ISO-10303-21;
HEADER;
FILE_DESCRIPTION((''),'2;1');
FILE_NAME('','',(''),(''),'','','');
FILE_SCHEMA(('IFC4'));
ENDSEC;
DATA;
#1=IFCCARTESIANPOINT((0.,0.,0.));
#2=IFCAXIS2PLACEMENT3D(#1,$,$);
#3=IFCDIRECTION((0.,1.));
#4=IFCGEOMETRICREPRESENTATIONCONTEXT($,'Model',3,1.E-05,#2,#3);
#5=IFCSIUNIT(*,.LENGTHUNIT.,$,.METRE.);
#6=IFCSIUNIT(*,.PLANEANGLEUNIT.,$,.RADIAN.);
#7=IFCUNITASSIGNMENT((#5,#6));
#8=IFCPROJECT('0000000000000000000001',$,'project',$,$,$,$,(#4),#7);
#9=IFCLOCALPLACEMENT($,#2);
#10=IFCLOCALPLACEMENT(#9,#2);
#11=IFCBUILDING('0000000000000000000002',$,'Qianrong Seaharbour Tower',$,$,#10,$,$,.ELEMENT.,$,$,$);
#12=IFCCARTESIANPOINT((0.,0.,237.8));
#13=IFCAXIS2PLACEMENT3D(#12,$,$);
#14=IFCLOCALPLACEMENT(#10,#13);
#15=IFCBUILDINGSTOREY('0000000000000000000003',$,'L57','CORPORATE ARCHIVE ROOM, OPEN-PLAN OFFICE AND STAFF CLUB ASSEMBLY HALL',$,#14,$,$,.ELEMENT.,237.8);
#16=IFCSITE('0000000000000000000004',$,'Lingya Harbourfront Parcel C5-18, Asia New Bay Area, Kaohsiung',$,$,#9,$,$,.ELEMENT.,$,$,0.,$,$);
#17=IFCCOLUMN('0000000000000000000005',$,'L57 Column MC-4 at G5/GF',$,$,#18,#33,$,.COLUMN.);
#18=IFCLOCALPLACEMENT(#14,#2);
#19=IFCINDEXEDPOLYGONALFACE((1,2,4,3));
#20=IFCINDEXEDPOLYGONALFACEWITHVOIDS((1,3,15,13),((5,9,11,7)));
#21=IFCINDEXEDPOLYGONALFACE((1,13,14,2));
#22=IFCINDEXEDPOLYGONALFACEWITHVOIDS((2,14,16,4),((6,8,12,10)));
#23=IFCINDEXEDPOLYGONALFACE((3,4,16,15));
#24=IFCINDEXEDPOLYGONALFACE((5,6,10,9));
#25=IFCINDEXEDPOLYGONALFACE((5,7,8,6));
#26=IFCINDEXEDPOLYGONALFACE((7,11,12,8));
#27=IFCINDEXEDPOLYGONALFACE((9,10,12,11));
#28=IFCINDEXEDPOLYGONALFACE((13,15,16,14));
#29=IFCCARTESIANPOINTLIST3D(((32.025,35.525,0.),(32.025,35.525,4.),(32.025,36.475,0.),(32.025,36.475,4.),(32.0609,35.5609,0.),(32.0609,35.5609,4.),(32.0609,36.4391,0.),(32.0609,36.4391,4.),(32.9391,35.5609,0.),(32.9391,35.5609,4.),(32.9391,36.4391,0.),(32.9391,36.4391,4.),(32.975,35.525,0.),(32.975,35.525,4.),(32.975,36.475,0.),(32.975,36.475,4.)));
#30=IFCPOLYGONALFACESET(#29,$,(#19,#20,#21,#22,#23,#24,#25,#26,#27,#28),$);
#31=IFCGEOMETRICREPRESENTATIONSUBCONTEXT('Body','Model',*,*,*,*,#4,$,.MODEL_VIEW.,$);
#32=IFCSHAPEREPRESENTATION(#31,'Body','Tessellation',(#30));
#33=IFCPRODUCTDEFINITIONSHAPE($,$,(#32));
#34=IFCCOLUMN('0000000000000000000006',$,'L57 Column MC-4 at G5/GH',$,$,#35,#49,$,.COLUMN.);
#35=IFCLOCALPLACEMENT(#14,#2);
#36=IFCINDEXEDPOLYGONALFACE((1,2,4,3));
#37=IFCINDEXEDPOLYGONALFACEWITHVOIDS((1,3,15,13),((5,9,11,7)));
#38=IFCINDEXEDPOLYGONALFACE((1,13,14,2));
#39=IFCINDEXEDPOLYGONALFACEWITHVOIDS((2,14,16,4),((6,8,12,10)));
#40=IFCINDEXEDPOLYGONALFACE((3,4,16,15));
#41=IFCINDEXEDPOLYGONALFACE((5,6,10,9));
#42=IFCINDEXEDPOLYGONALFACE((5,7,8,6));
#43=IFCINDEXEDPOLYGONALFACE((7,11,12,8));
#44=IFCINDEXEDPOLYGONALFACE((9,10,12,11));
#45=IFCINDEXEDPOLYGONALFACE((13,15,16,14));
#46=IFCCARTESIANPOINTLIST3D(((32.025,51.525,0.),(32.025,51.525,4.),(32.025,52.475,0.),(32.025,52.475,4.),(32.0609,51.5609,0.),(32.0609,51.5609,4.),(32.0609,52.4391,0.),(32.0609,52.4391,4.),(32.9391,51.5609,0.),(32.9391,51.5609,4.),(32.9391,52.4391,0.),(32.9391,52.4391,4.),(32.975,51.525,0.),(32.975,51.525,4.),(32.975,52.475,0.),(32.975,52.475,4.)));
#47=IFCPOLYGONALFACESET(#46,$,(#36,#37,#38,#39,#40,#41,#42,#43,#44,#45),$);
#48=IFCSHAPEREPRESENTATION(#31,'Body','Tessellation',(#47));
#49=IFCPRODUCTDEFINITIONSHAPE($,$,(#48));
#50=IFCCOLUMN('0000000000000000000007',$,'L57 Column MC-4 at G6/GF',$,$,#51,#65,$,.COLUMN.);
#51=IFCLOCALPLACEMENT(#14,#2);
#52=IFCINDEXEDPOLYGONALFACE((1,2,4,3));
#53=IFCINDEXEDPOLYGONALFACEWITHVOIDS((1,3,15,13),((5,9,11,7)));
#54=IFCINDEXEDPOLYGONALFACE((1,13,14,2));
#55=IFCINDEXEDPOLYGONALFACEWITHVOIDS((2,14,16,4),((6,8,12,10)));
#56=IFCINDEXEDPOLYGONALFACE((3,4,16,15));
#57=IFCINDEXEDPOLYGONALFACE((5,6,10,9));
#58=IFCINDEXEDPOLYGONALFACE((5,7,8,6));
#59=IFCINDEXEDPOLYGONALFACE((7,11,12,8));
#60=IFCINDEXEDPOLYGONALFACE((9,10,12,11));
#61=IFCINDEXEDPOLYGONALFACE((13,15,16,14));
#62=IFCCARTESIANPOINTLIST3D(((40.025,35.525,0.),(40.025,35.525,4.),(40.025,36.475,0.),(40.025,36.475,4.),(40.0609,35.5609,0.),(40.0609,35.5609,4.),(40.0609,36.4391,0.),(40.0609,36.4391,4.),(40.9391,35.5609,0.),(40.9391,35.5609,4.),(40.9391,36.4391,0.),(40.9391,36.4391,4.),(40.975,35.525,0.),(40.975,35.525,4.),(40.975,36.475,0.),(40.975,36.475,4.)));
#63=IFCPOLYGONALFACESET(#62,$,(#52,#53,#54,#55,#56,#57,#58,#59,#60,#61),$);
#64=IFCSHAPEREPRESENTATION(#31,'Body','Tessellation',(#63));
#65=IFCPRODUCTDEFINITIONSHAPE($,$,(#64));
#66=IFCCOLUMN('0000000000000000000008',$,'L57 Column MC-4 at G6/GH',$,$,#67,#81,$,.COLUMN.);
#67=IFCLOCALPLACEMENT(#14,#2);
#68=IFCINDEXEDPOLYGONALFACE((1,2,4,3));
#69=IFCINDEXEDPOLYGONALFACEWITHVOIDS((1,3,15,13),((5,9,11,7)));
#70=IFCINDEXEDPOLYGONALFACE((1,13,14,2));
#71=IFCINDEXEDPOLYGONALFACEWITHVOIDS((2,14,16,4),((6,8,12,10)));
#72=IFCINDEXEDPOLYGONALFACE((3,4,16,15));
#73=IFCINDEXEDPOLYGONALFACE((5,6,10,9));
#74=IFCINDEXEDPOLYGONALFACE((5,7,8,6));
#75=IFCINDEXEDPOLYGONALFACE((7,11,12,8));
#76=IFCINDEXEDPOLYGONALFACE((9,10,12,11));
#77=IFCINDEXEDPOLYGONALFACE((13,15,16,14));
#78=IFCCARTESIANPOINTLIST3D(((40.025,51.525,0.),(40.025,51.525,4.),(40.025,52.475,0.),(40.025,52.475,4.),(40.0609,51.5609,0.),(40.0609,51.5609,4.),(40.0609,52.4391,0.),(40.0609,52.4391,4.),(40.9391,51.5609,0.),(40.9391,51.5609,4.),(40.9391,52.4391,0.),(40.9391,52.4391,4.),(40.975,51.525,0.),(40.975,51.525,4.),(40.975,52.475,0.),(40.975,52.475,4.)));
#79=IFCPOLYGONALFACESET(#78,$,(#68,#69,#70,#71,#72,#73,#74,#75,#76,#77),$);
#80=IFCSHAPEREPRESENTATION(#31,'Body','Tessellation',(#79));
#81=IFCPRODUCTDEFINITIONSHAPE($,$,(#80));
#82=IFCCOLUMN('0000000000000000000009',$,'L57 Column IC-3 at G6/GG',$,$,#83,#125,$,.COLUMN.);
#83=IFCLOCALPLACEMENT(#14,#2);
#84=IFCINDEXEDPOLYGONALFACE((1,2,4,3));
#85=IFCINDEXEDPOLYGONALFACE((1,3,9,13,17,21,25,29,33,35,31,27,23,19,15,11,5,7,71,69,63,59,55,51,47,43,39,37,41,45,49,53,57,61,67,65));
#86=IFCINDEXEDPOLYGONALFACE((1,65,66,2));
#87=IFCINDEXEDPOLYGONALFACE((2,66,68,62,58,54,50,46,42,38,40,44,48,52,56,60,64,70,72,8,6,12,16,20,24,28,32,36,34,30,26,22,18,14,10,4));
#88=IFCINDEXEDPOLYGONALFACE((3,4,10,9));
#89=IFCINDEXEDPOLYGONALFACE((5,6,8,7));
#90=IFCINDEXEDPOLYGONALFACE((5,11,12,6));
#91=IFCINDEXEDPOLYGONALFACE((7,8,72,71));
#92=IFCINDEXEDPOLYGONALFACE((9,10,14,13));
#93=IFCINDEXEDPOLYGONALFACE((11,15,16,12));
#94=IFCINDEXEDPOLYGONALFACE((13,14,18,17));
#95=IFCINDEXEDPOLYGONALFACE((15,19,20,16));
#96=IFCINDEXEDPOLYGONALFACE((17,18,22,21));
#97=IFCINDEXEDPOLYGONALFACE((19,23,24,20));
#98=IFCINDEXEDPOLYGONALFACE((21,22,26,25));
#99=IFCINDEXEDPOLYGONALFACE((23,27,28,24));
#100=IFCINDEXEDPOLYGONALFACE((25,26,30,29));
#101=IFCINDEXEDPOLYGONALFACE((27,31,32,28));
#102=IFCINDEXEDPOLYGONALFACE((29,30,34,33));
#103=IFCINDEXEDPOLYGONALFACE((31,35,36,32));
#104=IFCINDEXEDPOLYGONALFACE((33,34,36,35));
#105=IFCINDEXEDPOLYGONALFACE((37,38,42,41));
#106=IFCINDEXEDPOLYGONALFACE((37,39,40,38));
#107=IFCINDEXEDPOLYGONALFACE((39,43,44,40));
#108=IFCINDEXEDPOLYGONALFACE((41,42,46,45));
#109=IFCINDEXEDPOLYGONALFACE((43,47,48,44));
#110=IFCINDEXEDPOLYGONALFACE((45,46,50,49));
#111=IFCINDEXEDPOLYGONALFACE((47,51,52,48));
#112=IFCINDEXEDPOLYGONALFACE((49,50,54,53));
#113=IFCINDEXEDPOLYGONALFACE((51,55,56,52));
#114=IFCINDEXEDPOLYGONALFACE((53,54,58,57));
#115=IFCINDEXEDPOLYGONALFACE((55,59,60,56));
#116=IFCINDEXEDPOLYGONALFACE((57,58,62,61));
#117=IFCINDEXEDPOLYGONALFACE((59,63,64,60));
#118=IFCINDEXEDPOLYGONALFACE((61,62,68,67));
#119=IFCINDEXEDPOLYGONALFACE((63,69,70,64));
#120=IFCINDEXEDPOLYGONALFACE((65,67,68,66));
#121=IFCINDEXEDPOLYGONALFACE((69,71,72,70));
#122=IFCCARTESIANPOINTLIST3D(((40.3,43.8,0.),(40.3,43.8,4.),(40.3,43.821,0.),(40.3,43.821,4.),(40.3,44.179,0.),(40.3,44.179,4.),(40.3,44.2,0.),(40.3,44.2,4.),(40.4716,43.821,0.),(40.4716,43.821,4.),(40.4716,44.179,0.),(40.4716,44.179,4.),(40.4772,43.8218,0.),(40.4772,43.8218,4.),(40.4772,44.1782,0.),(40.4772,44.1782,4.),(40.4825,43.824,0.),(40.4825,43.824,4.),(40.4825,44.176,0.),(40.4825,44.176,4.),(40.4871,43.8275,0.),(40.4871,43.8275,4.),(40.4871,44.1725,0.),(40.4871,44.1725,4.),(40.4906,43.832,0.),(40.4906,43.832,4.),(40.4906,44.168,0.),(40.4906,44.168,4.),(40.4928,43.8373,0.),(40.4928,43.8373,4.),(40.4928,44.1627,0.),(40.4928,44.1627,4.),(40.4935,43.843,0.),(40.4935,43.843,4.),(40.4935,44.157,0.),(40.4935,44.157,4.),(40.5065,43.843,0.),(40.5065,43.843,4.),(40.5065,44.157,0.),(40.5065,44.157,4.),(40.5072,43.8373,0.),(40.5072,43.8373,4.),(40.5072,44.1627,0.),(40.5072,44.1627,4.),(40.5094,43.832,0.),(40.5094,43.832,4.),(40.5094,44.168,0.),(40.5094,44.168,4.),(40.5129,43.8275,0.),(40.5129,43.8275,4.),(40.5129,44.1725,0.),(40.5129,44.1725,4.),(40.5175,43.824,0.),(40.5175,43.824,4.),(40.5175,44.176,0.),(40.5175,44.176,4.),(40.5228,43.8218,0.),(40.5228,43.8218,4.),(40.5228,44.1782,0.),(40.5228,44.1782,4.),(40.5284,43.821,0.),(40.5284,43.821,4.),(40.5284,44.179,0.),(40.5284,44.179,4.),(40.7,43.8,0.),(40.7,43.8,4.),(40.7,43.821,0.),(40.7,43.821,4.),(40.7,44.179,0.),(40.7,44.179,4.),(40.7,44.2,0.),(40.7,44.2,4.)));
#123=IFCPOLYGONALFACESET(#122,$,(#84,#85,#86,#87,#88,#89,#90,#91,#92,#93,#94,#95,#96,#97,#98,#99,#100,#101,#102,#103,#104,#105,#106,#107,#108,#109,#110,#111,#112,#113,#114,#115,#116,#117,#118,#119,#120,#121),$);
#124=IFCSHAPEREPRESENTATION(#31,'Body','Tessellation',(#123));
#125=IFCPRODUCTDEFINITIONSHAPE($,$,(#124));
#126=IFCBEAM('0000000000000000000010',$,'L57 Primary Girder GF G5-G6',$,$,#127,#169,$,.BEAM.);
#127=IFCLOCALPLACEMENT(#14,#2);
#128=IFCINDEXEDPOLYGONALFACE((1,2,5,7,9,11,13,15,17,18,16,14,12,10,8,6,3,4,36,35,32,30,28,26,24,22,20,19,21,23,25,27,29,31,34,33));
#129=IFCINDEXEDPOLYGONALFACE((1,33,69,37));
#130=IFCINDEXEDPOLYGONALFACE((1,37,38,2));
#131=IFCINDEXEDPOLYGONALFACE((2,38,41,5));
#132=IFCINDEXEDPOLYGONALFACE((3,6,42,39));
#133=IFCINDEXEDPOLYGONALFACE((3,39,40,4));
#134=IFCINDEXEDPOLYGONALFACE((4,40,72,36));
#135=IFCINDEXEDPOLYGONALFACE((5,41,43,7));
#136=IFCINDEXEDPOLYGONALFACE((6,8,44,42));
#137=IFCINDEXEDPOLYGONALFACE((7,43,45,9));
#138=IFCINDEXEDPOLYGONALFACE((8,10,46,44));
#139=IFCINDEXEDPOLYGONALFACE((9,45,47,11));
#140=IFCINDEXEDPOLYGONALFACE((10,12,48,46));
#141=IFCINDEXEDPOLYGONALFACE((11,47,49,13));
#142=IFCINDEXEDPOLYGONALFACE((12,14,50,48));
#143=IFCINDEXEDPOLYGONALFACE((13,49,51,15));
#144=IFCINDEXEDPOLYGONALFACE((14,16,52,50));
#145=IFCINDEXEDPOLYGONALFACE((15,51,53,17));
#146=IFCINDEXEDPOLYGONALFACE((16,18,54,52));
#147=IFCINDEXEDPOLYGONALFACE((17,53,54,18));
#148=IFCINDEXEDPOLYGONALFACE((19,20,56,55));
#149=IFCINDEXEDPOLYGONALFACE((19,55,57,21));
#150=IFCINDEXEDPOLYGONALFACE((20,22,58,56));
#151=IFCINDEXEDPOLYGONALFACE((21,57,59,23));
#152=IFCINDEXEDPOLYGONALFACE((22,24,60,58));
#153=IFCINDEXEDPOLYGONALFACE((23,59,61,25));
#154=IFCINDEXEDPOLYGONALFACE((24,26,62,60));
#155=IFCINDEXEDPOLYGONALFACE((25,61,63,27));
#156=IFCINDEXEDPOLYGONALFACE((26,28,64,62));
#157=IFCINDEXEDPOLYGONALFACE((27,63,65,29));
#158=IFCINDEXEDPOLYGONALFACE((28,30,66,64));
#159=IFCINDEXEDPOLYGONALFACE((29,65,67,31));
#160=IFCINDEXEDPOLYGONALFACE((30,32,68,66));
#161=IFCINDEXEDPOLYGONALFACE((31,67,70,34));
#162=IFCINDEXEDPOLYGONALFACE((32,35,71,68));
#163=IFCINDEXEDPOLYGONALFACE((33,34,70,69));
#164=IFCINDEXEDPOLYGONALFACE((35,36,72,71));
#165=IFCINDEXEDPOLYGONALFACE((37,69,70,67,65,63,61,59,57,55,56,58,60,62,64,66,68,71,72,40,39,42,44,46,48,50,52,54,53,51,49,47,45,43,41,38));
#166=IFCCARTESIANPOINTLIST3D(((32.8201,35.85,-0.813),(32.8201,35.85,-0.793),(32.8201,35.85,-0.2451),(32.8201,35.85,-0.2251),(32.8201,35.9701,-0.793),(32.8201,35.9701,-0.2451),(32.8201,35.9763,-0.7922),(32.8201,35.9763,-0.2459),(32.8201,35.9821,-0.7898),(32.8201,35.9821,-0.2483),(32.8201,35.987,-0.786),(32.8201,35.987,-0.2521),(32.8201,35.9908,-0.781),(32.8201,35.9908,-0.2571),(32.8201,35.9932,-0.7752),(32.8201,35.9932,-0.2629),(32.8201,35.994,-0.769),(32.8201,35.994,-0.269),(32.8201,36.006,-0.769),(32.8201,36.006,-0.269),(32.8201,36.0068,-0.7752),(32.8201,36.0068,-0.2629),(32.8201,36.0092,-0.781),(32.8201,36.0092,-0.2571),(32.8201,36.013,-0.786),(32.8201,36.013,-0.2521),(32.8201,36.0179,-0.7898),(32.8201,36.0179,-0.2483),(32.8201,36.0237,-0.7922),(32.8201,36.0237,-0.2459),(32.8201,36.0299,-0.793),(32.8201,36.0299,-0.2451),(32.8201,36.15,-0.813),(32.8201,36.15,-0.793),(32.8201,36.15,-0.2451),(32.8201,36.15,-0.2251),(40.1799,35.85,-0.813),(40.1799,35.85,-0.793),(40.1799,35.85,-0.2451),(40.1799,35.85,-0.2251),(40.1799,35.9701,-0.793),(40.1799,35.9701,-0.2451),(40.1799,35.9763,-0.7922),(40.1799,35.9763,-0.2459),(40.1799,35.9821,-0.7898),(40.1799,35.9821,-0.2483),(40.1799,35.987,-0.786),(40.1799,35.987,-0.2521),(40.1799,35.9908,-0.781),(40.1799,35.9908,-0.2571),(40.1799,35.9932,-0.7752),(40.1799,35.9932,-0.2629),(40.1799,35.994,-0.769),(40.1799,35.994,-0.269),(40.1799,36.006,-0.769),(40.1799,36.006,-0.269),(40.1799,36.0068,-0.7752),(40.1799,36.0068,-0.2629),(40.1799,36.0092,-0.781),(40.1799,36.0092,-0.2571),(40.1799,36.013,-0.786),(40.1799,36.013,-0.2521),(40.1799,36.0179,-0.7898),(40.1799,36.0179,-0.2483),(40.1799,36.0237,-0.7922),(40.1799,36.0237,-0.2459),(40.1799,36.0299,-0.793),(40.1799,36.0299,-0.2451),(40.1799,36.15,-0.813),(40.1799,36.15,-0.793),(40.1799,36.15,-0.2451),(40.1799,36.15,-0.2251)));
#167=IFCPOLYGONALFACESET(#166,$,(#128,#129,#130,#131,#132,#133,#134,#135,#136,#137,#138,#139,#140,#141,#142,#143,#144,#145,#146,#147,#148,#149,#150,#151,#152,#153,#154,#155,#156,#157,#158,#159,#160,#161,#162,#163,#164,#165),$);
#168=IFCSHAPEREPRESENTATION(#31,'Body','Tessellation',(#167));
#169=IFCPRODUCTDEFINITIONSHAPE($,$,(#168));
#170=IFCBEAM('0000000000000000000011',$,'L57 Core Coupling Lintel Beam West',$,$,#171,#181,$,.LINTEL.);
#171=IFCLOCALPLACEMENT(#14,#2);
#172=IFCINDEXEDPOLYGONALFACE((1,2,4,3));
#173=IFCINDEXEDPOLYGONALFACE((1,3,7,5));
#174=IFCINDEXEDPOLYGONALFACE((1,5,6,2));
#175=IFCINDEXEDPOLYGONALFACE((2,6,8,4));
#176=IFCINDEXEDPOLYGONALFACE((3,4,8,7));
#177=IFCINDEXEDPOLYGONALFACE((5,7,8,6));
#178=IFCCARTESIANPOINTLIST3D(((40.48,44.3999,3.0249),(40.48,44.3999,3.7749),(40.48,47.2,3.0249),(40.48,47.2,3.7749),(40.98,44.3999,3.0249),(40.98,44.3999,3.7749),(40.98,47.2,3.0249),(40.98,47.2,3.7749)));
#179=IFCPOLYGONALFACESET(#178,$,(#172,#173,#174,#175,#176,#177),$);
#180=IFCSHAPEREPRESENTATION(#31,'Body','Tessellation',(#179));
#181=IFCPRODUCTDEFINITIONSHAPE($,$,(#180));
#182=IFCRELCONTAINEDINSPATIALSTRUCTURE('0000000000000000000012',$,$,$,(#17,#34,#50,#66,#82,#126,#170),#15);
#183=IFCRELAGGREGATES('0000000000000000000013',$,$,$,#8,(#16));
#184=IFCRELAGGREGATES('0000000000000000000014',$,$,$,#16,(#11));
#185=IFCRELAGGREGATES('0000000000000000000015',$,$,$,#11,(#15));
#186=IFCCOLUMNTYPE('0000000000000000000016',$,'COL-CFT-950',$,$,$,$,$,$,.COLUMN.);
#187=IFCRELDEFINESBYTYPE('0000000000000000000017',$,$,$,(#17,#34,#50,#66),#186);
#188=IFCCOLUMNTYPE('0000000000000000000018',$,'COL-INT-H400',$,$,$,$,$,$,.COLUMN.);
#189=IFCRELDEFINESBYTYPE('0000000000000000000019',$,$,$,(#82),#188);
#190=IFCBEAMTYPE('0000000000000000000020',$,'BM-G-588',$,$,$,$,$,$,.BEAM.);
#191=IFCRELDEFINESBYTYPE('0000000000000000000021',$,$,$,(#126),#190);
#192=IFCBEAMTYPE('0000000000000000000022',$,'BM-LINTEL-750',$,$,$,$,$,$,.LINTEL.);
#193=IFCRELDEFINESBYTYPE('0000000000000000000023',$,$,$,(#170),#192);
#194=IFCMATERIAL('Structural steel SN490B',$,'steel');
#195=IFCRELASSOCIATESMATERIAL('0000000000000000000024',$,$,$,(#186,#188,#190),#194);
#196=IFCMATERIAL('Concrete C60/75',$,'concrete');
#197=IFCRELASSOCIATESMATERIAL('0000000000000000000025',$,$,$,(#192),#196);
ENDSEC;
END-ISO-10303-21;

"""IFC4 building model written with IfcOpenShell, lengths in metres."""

from ifc_helpers import new_model, si_unit, direction, frame, origin, origin_2d, place, context, subcontext, project, spatial, rectangle, hollow_rectangle, i_section, extrude, material, material_profile, profile_set, type_object, element, save


model = new_model("IFC4")

# Units and contexts
model_context = context("Model", 3, precision=1e-05, world=origin(), true_north=direction((0.0, 1.0)))
body_context = subcontext(model_context, "Body", "Model", "MODEL_VIEW")
ifc_project = project(units=[si_unit("LENGTHUNIT", "METRE"), si_unit("PLANEANGLEUNIT", "RADIAN")], contexts=[model_context])

# Site, building, storey
site_placement = place(None, origin())
site = spatial("IfcSite", under=ifc_project, at=site_placement, Name="Lingya Harbourfront Parcel C5-18, Asia New Bay Area, Kaohsiung", CompositionType="ELEMENT", RefElevation=0.0)
building_placement = place(site_placement, origin())
building = spatial("IfcBuilding", under=site, at=building_placement, Name="Qianrong Seaharbour Tower", CompositionType="ELEMENT")
storey_placement = place(building_placement, frame((0.0, 0.0, 237.8)))
storey = spatial("IfcBuildingStorey", under=building, at=storey_placement, Name="L57", Description="CORPORATE ARCHIVE ROOM, OPEN-PLAN OFFICE AND STAFF CLUB ASSEMBLY HALL", CompositionType="ELEMENT", Elevation=237.8)

# Columns
ifc_material_1 = material(Name="Structural steel SN490B", Category="steel")
ifc_material_profile_1 = material_profile(ifc_material_1, hollow_rectangle(XDim=0.95, YDim=0.95, WallThickness=0.0359, at=origin_2d()), Name="BOX950x950x36")
ifc_profile_set_1 = profile_set([ifc_material_profile_1], Name="Structural steel SN490B")
column_type_1 = type_object("IfcColumnType", Name="COL-CFT-950", PredefinedType="COLUMN", material=ifc_profile_set_1)
for number, where, z_axis, x_axis, name in (
    (1, (32.5, 36.0, 0.0), (0.0, 0.0, 1.0), (1.0, 0.0, 0.0), "L57 Column MC-4 at G5/GF"),
    (2, (32.5, 52.0, 0.0), (0.0, 0.0, 1.0), (1.0, 0.0, 0.0), "L57 Column MC-4 at G5/GH"),
    (3, (40.5, 36.0, 0.0), (0.0, 0.0, 1.0), (1.0, 0.0, 0.0), "L57 Column MC-4 at G6/GF"),
    (4, (40.5, 52.0, 0.0), (0.0, 0.0, 1.0), (1.0, 0.0, 0.0), "L57 Column MC-4 at G6/GH"),
):
    element("IfcColumn", number, at=place(storey_placement, frame(where, z_axis=z_axis, x_axis=x_axis)), inside=storey, type_object=column_type_1, Name=name, PredefinedType="COLUMN", context=body_context, shape_type="SweptSolid", body=[
        extrude(hollow_rectangle(XDim=0.95, YDim=0.95, WallThickness=0.0359, at=origin_2d()), origin(), (0.0, 0.0, 1.0), 4.0),
    ])
ifc_material_profile_2 = material_profile(ifc_material_1, i_section(OverallWidth=0.3999, OverallDepth=0.3999, WebThickness=0.0129, FlangeThickness=0.021, FilletRadius=0.022, at=origin_2d()), Name="H400x400x13x21")
ifc_profile_set_2 = profile_set([ifc_material_profile_2], Name="Structural steel SN490B")
column_type_2 = type_object("IfcColumnType", Name="COL-INT-H400", PredefinedType="COLUMN", material=ifc_profile_set_2)
column_placement = place(storey_placement, frame((40.5, 44.0, 0.0), z_axis=(0.0, 0.0, 1.0), x_axis=(1.0, 0.0, 0.0)))
element("IfcColumn", 5, at=column_placement, inside=storey, type_object=column_type_2, Name="L57 Column IC-3 at G6/GG", PredefinedType="COLUMN", context=body_context, shape_type="SweptSolid", body=[
    extrude(i_section(OverallWidth=0.3999, OverallDepth=0.3999, WebThickness=0.0129, FlangeThickness=0.021, FilletRadius=0.022, at=origin_2d()), origin(), (0.0, 0.0, 1.0), 4.0),
])

# Beams
ifc_material_profile_3 = material_profile(ifc_material_1, i_section(OverallWidth=0.3, OverallDepth=0.5879, WebThickness=0.012, FlangeThickness=0.02, FilletRadius=0.0239, at=origin_2d()), Name="H588x300x12x20")
ifc_profile_set_3 = profile_set([ifc_material_profile_3], Name="Structural steel SN490B")
beam_type_1 = type_object("IfcBeamType", Name="BM-G-588", PredefinedType="BEAM", material=ifc_profile_set_3)
beam_1_placement = place(storey_placement, frame((32.8201, 36.0, -0.519), z_axis=(1.0, 0.0, 0.0), x_axis=(0.0, 1.0, 0.0)))
element("IfcBeam", 6, at=beam_1_placement, inside=storey, type_object=beam_type_1, Name="L57 Primary Girder GF G5-G6", PredefinedType="BEAM", context=body_context, shape_type="SweptSolid", body=[
    extrude(i_section(OverallWidth=0.3, OverallDepth=0.5879, WebThickness=0.012, FlangeThickness=0.02, FilletRadius=0.0239, at=origin_2d()), origin(), (0.0, 0.0, 1.0), 7.3599),
])
ifc_material_2 = material(Name="Concrete C60/75", Category="concrete")
ifc_material_profile_4 = material_profile(ifc_material_2, rectangle(XDim=0.5, YDim=0.75, at=origin_2d()), Name="RC500x750")
ifc_profile_set_4 = profile_set([ifc_material_profile_4], Name="Concrete C60/75")
beam_type_2 = type_object("IfcBeamType", Name="BM-LINTEL-750", PredefinedType="LINTEL", material=ifc_profile_set_4)
beam_2_placement = place(storey_placement, frame((40.73, 44.3999, 3.3999), z_axis=(0.0, 1.0, 0.0), x_axis=(-1.0, 0.0, 0.0)))
element("IfcBeam", 7, at=beam_2_placement, inside=storey, type_object=beam_type_2, Name="L57 Core Coupling Lintel Beam West", PredefinedType="LINTEL", context=body_context, shape_type="SweptSolid", body=[
    extrude(rectangle(XDim=0.5, YDim=0.75, at=origin_2d()), origin(), (0.0, 0.0, 1.0), 2.8),
])

save(model, "model.ifc")
